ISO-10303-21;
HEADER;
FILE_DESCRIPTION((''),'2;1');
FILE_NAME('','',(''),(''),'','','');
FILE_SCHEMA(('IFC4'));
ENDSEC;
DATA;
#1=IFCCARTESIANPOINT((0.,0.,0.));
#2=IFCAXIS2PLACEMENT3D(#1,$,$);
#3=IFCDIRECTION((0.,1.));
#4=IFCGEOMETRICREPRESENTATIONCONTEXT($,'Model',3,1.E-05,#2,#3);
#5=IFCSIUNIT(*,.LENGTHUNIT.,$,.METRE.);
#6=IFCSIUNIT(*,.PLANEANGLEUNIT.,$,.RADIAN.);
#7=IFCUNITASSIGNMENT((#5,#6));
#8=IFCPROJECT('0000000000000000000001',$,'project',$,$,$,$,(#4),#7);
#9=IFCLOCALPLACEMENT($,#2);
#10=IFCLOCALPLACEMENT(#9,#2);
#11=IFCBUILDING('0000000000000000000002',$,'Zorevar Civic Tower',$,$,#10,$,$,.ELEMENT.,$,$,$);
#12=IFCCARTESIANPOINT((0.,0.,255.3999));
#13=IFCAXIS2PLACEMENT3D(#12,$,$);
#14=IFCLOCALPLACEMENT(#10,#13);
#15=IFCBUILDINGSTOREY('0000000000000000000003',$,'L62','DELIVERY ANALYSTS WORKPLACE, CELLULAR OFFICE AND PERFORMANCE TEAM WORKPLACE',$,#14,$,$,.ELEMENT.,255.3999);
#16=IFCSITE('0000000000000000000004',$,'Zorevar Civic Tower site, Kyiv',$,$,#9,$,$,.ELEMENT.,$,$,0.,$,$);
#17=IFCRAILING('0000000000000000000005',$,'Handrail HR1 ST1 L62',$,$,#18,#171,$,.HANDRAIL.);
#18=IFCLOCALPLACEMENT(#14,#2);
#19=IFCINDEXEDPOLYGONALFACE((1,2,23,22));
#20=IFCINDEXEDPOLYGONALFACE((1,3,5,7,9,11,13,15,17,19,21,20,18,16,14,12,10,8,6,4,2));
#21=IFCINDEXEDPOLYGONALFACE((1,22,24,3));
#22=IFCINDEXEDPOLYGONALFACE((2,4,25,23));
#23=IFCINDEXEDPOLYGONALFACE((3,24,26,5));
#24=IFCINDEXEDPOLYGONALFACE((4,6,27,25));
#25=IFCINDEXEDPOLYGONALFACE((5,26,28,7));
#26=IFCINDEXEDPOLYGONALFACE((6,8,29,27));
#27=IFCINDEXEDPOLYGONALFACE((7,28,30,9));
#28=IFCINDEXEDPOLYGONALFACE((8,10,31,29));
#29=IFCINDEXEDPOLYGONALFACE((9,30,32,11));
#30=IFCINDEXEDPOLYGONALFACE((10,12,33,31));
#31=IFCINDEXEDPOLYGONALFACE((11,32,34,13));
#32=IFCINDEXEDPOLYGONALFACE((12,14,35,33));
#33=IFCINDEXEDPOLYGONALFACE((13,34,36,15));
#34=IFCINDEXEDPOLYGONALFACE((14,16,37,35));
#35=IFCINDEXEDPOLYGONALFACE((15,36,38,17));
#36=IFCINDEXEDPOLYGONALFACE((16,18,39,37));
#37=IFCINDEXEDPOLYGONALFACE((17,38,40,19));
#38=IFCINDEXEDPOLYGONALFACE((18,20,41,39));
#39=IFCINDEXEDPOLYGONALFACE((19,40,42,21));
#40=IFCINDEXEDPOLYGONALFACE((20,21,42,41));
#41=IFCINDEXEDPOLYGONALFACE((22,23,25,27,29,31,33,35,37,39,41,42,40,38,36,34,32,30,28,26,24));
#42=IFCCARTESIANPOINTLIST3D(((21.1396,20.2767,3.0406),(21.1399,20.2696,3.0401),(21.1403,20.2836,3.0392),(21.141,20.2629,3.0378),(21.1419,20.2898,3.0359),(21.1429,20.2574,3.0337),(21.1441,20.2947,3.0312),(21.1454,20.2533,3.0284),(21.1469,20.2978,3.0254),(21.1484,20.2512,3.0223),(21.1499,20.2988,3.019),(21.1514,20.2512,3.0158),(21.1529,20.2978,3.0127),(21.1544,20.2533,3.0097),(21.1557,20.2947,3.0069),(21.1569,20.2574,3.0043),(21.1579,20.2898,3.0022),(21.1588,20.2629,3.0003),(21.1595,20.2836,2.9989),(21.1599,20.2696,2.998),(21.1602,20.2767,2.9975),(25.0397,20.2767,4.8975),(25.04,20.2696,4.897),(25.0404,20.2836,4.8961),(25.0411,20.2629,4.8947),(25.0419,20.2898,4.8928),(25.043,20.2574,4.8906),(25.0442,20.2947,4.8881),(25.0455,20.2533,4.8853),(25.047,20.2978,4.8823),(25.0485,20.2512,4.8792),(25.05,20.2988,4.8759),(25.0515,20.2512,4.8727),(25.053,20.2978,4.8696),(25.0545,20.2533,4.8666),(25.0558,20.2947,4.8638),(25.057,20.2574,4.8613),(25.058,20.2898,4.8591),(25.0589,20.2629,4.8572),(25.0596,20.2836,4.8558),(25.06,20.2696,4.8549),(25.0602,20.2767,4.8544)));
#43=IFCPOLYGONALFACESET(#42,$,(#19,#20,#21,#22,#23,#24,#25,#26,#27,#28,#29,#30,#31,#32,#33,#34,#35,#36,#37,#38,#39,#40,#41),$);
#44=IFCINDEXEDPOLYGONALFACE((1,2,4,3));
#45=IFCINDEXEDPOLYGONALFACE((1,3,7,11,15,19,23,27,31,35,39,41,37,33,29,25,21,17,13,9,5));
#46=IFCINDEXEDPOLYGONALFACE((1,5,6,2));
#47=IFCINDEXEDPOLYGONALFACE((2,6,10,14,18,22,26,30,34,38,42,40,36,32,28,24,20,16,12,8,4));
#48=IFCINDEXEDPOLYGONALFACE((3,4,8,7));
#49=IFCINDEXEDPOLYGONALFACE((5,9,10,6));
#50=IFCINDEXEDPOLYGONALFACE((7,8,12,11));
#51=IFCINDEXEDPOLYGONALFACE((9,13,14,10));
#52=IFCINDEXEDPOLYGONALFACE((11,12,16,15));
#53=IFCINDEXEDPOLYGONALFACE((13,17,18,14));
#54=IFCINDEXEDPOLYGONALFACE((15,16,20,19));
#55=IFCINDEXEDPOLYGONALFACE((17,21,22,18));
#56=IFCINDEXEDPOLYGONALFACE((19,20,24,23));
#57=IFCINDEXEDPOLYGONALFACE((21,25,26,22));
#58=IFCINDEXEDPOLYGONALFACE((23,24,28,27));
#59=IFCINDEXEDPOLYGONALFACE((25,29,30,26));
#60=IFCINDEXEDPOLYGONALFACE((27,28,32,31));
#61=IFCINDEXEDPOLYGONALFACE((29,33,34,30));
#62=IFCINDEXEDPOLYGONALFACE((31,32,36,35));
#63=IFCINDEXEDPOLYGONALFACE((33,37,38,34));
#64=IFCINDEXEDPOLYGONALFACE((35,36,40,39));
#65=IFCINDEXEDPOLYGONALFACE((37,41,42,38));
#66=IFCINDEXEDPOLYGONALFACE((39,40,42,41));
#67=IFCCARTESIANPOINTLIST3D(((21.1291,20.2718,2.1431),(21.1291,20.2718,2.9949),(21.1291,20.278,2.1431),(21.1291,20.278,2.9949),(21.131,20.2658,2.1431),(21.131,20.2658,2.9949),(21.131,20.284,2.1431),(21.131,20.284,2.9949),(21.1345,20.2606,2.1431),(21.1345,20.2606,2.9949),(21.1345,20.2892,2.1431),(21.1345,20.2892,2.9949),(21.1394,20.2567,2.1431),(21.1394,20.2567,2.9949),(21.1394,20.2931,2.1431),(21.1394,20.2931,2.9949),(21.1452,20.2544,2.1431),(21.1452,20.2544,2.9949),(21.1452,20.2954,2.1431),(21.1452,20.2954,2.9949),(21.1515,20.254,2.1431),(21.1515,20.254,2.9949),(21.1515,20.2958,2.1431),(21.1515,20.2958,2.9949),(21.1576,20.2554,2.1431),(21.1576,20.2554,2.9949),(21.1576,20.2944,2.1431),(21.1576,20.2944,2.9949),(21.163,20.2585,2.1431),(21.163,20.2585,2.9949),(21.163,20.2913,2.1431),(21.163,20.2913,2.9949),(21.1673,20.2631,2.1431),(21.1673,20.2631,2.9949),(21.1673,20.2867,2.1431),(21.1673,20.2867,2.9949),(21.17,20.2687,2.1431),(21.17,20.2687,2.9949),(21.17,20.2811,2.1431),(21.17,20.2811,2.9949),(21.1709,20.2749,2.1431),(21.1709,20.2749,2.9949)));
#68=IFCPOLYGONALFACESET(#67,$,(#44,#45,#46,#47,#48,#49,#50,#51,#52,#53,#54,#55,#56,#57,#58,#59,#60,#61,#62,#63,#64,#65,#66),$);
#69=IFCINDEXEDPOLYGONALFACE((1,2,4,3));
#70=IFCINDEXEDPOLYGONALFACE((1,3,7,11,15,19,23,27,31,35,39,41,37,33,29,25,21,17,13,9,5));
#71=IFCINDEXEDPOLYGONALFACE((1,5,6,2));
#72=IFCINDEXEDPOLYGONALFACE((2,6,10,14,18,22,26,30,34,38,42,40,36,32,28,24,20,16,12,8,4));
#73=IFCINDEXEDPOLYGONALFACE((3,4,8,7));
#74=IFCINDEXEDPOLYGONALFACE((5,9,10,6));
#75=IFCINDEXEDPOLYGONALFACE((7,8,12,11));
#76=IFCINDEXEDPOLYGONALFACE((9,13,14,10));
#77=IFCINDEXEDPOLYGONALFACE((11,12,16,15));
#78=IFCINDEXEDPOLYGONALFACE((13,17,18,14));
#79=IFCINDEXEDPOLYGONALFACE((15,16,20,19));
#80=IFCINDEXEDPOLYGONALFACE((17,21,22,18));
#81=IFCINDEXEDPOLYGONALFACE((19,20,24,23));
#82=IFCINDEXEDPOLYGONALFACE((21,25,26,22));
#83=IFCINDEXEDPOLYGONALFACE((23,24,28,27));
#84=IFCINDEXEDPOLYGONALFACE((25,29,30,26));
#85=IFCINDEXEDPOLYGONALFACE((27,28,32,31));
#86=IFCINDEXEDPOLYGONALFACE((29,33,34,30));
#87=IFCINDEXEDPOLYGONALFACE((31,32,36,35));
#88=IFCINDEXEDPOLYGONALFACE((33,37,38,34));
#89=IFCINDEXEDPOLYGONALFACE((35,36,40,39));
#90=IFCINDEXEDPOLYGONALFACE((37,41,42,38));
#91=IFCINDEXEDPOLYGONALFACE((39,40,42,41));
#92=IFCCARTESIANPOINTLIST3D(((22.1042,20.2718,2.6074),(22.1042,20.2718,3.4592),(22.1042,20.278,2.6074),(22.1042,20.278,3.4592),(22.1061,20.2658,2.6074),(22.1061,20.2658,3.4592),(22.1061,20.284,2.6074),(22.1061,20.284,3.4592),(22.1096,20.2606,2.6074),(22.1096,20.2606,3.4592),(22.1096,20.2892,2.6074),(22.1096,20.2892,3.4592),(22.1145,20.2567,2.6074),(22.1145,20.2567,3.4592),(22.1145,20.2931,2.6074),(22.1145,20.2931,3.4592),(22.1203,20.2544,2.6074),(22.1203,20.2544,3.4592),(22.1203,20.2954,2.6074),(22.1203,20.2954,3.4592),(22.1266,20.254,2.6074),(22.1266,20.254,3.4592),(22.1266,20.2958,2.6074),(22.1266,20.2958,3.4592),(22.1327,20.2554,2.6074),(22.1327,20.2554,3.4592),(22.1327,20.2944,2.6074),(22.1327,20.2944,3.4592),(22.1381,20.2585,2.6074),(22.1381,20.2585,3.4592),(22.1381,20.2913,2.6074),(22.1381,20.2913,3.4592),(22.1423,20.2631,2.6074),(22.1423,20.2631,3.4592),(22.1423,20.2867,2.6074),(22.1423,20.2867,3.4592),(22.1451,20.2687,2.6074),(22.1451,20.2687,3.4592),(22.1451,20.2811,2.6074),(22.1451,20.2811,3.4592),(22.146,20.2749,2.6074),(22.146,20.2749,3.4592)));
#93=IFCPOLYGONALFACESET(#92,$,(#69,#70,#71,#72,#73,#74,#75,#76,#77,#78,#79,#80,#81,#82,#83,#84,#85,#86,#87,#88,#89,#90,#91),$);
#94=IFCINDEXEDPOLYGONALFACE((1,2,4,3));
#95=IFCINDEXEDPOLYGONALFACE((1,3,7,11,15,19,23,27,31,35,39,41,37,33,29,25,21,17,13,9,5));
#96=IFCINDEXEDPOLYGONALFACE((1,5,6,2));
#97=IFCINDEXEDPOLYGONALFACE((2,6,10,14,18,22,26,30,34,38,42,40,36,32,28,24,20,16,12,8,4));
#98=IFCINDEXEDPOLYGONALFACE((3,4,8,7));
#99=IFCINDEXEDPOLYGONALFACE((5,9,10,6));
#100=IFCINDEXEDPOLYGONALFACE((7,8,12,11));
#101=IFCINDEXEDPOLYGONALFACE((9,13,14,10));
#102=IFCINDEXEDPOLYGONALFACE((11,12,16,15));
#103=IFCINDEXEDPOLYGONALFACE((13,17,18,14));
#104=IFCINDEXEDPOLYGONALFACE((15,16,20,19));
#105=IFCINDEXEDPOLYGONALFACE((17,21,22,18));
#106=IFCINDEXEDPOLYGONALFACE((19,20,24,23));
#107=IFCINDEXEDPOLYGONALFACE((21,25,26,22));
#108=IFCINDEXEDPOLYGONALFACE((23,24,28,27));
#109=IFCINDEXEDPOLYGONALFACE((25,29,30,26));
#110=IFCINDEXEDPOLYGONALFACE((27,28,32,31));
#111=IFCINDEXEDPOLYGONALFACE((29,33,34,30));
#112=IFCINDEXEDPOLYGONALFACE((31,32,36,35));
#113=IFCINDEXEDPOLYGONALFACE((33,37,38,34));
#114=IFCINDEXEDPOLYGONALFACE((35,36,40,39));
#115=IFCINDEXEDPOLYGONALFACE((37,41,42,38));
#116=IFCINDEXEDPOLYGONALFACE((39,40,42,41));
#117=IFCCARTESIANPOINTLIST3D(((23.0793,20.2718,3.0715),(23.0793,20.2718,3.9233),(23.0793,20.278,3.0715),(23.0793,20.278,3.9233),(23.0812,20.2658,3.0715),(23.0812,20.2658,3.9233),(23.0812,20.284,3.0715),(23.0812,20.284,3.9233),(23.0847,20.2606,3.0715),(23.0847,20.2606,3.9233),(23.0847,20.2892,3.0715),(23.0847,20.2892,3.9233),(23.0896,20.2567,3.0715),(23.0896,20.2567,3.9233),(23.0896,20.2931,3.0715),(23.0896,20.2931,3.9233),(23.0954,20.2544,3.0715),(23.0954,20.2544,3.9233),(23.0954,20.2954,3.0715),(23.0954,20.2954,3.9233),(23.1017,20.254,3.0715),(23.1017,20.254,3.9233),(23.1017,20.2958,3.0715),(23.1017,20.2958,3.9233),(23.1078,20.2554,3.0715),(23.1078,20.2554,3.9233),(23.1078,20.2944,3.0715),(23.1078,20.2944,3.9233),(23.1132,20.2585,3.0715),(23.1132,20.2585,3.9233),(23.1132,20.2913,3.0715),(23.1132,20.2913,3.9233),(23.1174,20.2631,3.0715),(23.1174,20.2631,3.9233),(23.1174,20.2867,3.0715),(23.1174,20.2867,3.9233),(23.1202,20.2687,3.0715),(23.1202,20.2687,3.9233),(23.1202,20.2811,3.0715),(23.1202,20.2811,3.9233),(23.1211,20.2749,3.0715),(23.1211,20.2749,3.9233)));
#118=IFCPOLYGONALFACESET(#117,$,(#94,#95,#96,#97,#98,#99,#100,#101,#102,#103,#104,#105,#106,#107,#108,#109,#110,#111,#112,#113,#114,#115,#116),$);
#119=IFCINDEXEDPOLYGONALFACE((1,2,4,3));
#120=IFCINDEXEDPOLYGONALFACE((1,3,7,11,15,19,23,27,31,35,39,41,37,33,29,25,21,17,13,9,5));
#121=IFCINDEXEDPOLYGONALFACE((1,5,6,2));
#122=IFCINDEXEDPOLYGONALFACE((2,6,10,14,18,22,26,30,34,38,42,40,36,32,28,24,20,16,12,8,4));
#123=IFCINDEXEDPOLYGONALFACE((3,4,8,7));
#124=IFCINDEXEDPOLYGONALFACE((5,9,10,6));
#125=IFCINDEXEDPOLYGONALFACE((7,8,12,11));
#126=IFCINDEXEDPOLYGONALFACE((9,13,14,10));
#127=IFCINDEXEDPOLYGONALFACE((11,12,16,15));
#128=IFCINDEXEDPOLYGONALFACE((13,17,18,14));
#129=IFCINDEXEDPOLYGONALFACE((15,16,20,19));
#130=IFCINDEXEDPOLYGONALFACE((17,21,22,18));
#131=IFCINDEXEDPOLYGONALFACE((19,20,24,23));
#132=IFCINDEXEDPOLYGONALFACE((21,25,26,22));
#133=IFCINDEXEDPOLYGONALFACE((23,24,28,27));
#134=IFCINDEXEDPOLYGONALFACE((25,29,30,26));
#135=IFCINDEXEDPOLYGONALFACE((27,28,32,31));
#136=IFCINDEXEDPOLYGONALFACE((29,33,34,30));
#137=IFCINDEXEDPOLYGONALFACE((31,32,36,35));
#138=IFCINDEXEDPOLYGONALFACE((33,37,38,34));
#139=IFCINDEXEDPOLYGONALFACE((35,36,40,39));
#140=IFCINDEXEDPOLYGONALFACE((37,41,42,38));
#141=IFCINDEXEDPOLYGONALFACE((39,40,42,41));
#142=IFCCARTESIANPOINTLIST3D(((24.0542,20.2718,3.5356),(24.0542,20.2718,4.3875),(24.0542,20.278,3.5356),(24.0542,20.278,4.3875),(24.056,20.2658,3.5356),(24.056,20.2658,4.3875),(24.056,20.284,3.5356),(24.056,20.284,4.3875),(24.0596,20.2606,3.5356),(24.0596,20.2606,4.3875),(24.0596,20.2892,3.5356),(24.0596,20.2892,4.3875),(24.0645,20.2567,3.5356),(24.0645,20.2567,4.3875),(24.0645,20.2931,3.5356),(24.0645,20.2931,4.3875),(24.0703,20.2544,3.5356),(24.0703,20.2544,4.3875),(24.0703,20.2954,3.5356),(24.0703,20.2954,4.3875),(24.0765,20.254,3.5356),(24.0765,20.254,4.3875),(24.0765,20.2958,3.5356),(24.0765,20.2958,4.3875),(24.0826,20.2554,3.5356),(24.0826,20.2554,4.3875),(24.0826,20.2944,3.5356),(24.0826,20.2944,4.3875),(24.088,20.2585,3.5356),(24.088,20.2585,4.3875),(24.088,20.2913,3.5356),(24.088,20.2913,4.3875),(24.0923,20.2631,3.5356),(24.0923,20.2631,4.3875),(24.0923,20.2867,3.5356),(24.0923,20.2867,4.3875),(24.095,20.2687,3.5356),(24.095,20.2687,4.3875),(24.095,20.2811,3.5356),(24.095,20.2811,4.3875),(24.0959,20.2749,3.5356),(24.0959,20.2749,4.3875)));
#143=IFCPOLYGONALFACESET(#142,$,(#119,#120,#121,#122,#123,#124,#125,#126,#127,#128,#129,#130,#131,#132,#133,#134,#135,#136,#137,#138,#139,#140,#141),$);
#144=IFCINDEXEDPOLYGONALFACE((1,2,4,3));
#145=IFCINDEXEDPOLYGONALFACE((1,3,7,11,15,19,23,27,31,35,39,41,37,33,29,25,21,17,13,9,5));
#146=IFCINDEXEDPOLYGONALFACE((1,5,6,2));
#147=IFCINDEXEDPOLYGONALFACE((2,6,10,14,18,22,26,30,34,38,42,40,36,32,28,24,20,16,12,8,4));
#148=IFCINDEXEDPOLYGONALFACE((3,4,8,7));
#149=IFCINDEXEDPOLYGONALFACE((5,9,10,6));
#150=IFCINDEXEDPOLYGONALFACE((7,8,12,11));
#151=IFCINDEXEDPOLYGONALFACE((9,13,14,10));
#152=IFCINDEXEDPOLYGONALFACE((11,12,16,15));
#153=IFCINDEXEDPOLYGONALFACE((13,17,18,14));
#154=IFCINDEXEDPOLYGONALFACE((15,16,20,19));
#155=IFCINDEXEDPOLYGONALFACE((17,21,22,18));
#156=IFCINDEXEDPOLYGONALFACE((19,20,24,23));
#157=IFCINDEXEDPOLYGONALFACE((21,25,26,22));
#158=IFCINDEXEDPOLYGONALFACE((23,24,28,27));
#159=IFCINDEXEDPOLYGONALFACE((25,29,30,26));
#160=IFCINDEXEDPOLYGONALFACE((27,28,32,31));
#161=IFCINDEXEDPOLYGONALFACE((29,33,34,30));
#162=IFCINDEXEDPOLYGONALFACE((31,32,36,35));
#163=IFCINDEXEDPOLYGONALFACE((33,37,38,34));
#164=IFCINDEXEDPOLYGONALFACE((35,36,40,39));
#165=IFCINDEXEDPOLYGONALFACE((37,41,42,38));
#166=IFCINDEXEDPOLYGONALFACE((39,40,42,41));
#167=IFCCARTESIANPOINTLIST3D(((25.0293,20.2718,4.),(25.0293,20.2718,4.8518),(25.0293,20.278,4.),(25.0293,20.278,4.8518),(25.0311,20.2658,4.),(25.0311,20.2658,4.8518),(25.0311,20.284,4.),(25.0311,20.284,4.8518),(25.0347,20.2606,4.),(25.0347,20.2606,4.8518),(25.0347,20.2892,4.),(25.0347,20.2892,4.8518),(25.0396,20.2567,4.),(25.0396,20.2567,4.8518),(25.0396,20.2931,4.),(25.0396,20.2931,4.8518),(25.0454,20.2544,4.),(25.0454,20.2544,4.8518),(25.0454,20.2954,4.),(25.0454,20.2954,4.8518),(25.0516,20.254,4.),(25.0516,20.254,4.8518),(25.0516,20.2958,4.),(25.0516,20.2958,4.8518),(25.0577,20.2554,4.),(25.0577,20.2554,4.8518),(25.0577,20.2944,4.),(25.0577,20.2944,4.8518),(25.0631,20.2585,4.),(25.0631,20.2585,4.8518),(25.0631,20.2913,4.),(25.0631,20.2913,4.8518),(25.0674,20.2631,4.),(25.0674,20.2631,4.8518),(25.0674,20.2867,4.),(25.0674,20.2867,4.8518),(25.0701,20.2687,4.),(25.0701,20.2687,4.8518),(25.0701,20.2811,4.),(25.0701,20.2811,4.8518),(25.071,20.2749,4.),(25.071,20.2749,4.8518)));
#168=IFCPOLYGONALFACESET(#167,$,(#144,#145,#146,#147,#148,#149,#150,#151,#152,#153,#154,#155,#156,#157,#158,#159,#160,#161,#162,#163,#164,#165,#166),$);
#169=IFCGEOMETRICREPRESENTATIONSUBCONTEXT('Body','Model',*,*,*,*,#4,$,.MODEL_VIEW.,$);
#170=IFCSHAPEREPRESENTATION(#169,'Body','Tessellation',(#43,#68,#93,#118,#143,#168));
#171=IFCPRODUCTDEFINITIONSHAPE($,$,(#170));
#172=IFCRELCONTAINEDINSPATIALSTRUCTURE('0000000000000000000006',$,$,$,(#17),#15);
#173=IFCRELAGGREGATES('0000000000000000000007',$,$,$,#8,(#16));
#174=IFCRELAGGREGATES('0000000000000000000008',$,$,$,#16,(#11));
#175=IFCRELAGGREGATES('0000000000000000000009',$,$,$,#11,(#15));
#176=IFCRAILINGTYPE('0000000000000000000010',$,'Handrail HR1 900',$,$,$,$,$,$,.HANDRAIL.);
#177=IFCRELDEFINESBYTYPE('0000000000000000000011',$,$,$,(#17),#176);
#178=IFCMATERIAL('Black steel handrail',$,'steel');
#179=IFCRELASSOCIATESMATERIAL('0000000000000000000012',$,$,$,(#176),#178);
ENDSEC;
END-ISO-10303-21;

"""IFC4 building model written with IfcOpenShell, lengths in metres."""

from ifc_helpers import new_model, si_unit, direction, frame, origin, origin_2d, place, context, subcontext, project, spatial, circle, extrude, material, type_object, element, save


model = new_model("IFC4")

# Units and contexts
model_context = context("Model", 3, precision=1e-05, world=origin(), true_north=direction((0.0, 1.0)))
body_context = subcontext(model_context, "Body", "Model", "MODEL_VIEW")
ifc_project = project(units=[si_unit("LENGTHUNIT", "METRE"), si_unit("PLANEANGLEUNIT", "RADIAN")], contexts=[model_context])

# Site, building, storey
site_placement = place(None, origin())
site = spatial("IfcSite", under=ifc_project, at=site_placement, Name="Zorevar Civic Tower site, Kyiv", CompositionType="ELEMENT", RefElevation=0.0)
building_placement = place(site_placement, origin())
building = spatial("IfcBuilding", under=site, at=building_placement, Name="Zorevar Civic Tower", CompositionType="ELEMENT")
storey_placement = place(building_placement, frame((0.0, 0.0, 255.3999)))
storey = spatial("IfcBuildingStorey", under=building, at=storey_placement, Name="L62", Description="DELIVERY ANALYSTS WORKPLACE, CELLULAR OFFICE AND PERFORMANCE TEAM WORKPLACE", CompositionType="ELEMENT", Elevation=255.3999)

# Railing
ifc_material_1 = material(Name="Black steel handrail", Category="steel")
railing_type = type_object("IfcRailingType", Name="Handrail HR1 900", PredefinedType="HANDRAIL", material=ifc_material_1)
railing_1_placement = place(storey_placement, frame((21.1499, 20.2749, 2.1431)))
element("IfcRailing", 1, at=railing_1_placement, inside=storey, type_object=railing_type, Name="Handrail HR1 ST1 L62", PredefinedType="HANDRAIL", context=body_context, shape_type="SweptSolid", body=[
    extrude(circle(Radius=0.0239, at=origin_2d()), frame((0.0, 0.0, 0.876), z_axis=(0.902886, 0.0, 0.429881), x_axis=(0.0, 1.0, 0.0)), (0.0, 0.0, 1.0), 4.3196),
    extrude(circle(Radius=0.021, at=origin_2d()), origin(), (0.0, 0.0, 1.0), 0.8518),
    extrude(circle(Radius=0.021, at=origin_2d()), frame((0.9751, 0.0, 0.4644)), (0.0, 0.0, 1.0), 0.8518),
    extrude(circle(Radius=0.021, at=origin_2d()), frame((1.9502, 0.0, 0.9285)), (0.0, 0.0, 1.0), 0.8518),
    extrude(circle(Radius=0.021, at=origin_2d()), frame((2.925, 0.0, 1.3926)), (0.0, 0.0, 1.0), 0.8518),
    extrude(circle(Radius=0.021, at=origin_2d()), frame((3.9001, 0.0, 1.8569)), (0.0, 0.0, 1.0), 0.8518),
])

save(model, "model.ifc")
